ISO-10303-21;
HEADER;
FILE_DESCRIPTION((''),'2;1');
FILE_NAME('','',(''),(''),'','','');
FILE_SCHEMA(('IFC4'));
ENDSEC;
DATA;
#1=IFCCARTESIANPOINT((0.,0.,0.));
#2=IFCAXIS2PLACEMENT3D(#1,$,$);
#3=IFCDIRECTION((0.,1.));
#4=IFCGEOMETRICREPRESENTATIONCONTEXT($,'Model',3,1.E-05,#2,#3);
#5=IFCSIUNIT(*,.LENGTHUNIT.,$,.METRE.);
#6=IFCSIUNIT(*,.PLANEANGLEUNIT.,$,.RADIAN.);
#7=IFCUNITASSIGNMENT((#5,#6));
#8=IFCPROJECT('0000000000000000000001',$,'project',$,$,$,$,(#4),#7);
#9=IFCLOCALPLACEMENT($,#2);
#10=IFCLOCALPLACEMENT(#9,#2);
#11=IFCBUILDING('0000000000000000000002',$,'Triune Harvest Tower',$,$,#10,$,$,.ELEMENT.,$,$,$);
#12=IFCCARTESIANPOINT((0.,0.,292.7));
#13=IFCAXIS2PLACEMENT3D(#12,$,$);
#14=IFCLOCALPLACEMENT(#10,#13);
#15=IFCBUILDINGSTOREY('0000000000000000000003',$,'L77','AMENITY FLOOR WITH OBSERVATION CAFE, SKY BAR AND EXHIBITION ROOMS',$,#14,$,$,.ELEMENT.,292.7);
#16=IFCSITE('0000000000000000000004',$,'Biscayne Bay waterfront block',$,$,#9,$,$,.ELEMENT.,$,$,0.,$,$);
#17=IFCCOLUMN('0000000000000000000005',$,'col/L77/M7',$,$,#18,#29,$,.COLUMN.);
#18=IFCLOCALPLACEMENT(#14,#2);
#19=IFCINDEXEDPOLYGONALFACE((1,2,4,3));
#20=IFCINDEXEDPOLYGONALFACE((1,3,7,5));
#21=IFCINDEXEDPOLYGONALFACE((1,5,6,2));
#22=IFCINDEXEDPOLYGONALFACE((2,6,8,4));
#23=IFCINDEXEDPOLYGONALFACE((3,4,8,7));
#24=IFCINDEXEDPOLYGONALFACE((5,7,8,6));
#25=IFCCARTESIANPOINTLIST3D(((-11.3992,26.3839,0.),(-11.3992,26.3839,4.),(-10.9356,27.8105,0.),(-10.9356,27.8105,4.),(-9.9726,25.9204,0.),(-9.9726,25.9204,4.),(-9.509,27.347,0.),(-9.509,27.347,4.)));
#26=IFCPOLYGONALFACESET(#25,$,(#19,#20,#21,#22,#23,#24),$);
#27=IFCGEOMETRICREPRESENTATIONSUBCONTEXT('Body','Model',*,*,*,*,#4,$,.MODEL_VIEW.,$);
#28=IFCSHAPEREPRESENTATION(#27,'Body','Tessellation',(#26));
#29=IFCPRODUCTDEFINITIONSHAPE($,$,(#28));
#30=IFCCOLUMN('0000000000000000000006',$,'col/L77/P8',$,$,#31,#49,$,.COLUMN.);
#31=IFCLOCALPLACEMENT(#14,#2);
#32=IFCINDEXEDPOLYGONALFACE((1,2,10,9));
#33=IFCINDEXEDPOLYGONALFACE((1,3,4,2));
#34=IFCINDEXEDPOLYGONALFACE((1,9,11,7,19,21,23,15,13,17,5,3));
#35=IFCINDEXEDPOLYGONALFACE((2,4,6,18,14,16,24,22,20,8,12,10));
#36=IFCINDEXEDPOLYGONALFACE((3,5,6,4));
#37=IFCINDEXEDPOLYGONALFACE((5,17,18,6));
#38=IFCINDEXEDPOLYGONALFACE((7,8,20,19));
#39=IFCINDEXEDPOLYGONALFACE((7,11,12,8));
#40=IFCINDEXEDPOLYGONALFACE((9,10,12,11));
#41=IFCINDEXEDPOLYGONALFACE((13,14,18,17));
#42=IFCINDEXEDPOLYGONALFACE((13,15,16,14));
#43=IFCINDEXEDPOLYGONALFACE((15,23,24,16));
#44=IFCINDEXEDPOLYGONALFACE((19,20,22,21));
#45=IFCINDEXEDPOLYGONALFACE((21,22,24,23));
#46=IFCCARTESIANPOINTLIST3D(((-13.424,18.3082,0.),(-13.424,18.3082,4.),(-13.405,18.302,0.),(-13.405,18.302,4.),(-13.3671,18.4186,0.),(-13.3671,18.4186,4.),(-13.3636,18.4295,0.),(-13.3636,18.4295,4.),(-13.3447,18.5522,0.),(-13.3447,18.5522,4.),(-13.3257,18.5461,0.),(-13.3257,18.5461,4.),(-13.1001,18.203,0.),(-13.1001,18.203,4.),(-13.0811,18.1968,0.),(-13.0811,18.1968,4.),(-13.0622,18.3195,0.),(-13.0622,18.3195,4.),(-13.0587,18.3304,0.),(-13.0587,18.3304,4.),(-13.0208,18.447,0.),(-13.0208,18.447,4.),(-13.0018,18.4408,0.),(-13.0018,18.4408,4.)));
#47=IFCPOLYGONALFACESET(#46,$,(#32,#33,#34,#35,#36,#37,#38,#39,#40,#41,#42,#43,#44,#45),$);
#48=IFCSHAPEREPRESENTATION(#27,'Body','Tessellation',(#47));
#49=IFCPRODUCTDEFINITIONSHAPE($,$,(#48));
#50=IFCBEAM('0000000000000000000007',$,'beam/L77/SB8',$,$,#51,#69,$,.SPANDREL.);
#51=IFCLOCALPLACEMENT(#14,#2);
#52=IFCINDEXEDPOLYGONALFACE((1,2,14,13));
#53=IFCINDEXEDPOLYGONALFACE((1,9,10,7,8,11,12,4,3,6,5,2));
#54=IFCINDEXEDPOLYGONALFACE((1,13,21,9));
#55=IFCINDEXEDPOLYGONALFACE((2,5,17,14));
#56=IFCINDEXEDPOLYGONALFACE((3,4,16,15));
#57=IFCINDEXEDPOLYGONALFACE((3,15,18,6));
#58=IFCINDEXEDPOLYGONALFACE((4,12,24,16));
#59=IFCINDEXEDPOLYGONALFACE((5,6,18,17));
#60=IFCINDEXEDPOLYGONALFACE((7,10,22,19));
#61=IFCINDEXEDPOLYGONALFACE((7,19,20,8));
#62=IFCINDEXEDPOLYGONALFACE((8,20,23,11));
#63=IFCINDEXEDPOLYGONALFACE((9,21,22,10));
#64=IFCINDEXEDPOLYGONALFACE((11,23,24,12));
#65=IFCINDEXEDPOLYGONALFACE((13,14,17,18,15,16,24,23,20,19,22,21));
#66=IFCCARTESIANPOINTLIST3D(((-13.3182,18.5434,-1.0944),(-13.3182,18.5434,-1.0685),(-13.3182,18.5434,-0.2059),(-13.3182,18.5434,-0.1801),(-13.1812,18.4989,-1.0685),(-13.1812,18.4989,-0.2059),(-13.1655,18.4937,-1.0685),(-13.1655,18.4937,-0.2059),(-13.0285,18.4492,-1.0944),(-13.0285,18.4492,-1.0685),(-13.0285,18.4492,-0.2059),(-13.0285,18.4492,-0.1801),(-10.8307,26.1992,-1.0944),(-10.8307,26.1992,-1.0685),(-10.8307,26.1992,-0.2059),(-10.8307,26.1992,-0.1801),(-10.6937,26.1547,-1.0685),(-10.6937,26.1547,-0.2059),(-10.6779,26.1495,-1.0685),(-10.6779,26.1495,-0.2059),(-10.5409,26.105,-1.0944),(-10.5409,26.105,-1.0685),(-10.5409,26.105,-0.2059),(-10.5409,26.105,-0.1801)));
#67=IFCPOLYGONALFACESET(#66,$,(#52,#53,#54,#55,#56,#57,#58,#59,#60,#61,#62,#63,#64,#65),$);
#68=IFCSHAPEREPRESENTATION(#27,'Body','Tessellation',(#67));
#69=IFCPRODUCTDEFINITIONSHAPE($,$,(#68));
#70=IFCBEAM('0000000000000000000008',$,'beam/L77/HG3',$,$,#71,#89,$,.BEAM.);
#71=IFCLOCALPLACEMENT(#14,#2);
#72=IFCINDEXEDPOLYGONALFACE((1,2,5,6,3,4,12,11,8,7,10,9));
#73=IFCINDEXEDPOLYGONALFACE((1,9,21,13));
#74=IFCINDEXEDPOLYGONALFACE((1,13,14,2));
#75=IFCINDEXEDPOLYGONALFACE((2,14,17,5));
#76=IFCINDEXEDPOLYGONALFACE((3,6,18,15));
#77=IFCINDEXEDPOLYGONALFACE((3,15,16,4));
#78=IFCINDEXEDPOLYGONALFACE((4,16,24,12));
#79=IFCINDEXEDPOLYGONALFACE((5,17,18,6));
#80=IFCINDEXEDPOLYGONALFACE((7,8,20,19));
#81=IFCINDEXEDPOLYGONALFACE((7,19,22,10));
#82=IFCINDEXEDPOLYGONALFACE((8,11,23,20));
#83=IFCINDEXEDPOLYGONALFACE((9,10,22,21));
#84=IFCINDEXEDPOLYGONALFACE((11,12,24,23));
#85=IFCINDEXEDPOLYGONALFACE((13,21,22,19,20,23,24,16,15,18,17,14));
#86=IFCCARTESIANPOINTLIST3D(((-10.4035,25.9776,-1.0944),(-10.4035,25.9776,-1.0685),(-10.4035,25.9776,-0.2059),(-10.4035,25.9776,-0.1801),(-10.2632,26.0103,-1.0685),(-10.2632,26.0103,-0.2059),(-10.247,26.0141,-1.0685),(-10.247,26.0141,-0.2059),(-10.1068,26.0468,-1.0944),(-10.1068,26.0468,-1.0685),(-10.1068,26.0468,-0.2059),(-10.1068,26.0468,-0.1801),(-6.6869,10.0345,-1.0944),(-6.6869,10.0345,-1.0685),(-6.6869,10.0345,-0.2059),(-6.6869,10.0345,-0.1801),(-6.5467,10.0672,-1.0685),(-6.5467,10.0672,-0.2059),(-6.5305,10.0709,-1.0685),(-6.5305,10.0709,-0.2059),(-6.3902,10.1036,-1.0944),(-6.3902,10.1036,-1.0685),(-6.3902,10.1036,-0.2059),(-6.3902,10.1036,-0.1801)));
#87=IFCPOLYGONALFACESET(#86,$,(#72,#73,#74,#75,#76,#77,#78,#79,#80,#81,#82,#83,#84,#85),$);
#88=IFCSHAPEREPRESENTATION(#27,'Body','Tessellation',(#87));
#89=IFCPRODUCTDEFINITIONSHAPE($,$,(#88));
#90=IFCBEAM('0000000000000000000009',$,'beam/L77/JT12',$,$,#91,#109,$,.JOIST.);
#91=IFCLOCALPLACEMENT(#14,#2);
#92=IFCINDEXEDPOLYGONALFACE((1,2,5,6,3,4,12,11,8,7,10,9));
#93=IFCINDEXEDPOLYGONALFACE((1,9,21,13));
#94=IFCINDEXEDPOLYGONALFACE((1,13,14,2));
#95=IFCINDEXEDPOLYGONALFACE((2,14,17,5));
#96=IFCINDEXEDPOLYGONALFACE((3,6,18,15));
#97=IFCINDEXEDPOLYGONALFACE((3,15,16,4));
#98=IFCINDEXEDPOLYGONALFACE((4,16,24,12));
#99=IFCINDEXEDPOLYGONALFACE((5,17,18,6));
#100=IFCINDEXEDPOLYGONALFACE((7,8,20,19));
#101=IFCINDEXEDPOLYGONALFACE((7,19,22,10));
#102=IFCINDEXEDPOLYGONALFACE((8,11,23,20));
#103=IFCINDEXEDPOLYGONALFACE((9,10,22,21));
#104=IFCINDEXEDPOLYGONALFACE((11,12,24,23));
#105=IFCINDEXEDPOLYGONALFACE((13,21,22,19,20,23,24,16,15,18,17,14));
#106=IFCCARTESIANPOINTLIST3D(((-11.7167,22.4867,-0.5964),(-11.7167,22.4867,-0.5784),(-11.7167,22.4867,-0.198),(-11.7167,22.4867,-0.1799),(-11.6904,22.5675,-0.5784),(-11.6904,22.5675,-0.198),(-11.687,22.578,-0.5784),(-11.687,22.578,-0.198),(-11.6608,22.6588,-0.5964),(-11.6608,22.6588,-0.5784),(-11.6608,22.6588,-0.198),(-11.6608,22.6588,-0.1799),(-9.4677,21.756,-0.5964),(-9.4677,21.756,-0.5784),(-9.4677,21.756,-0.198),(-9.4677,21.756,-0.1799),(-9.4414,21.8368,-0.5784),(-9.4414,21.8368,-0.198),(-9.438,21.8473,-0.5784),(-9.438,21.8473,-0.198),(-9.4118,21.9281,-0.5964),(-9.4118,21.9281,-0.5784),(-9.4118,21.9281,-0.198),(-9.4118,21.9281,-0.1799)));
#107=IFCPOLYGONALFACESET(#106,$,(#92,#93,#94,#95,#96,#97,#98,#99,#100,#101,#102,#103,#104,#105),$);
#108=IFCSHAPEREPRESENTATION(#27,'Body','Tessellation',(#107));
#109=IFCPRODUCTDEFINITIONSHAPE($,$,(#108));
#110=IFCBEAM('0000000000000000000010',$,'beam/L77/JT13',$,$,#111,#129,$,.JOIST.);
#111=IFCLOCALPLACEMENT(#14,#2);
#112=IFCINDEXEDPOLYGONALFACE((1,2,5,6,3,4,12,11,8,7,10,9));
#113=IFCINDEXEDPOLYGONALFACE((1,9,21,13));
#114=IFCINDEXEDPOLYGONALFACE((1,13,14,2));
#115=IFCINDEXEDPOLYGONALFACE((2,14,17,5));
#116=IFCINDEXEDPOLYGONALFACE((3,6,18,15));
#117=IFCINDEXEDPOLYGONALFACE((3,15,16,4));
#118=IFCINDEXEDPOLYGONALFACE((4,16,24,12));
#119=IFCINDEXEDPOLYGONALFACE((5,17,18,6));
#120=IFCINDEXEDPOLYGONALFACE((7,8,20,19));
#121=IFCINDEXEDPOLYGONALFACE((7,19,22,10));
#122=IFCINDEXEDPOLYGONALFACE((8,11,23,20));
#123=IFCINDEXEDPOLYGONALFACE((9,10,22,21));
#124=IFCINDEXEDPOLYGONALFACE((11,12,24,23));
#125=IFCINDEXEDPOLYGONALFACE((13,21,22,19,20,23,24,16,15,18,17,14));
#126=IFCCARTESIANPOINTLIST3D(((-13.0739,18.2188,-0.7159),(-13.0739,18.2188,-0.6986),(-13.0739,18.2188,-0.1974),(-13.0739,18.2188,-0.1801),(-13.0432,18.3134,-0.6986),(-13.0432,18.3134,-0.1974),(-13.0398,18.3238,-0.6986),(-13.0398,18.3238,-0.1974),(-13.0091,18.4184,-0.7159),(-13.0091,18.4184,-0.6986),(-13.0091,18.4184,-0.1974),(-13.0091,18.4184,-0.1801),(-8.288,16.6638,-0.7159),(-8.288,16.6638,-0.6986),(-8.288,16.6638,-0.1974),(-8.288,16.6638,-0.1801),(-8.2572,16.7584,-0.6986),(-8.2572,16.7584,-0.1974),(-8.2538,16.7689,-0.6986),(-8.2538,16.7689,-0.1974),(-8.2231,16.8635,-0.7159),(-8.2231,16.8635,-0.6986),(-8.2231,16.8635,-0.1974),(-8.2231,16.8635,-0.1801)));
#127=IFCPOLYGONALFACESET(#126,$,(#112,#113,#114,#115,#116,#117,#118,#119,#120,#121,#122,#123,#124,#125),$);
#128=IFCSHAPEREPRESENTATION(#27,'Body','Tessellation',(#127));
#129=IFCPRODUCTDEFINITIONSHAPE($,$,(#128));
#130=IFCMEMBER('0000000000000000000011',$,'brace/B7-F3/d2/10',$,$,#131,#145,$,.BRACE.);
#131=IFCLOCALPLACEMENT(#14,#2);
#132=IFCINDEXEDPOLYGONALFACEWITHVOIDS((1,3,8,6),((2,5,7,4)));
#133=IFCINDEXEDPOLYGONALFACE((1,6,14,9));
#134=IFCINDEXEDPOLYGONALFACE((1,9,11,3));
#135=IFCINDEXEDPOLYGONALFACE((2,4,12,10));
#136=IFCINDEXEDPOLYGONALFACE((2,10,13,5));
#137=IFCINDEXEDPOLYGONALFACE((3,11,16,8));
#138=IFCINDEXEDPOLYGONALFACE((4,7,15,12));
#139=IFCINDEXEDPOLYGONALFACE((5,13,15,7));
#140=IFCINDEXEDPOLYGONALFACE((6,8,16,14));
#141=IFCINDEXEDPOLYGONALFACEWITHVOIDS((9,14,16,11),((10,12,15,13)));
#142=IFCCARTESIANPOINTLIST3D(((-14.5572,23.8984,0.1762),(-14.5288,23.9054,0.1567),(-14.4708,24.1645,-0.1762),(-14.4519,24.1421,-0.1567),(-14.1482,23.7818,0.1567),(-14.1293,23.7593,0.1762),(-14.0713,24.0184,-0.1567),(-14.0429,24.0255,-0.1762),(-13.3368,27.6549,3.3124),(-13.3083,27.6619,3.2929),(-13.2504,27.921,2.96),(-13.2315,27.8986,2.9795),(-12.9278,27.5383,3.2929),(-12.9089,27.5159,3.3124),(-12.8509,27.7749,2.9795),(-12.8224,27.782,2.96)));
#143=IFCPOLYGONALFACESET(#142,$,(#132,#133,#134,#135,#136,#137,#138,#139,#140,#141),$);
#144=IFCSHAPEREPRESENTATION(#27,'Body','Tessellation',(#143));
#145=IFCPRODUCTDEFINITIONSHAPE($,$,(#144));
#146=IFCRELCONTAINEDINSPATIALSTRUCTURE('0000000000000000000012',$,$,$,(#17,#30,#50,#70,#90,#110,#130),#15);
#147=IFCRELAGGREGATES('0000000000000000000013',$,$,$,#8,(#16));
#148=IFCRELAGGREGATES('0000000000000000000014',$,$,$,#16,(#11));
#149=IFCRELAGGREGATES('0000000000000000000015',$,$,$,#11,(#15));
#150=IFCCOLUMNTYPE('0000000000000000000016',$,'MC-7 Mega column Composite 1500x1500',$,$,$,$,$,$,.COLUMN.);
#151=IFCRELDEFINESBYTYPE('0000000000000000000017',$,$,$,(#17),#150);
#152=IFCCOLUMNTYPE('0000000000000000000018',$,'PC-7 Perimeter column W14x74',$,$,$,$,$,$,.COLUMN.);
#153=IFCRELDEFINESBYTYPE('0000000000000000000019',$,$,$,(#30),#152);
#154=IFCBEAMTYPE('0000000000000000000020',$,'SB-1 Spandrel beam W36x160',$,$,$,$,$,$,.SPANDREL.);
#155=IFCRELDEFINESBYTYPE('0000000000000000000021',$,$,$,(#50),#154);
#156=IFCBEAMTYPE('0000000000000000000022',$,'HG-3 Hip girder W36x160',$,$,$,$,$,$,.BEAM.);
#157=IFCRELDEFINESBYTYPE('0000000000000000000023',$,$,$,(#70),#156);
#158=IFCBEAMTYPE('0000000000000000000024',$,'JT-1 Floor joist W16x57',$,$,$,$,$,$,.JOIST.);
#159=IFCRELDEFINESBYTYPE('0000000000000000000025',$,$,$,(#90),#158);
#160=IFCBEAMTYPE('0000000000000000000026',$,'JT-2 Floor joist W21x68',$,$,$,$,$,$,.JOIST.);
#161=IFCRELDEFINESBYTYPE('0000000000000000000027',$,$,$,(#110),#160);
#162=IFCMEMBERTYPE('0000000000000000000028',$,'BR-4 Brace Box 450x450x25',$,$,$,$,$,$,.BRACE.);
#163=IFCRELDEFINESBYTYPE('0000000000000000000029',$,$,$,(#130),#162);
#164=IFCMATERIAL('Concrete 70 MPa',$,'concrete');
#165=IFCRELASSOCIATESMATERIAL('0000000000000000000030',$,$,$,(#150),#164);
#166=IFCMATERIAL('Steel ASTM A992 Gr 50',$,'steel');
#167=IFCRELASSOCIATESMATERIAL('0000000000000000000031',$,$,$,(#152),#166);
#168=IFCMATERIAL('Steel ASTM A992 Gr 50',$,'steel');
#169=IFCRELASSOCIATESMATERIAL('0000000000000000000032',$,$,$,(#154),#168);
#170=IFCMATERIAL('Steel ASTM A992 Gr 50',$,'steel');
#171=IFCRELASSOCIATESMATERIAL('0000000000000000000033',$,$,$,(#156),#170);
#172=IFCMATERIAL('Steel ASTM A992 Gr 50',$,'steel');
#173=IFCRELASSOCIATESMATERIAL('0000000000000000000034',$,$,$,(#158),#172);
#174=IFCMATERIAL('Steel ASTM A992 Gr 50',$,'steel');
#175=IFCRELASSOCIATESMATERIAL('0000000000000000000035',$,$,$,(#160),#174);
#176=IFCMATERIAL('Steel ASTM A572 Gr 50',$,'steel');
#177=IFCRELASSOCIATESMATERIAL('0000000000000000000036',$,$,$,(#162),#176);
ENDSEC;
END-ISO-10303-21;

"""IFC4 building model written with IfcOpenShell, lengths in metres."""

from ifc_helpers import new_model, si_unit, direction, frame, origin, origin_2d, place, context, subcontext, project, spatial, rectangle, hollow_rectangle, i_section, extrude, source, transform, mapped, material, material_profile, profile_set, type_object, element, save


model = new_model("IFC4")

# Units and contexts
model_context = context("Model", 3, precision=1e-05, world=origin(), true_north=direction((0.0, 1.0)))
body_context = subcontext(model_context, "Body", "Model", "MODEL_VIEW")
ifc_project = project(units=[si_unit("LENGTHUNIT", "METRE"), si_unit("PLANEANGLEUNIT", "RADIAN")], contexts=[model_context])

# Site, building, storey
site_placement = place(None, origin())
site = spatial("IfcSite", under=ifc_project, at=site_placement, Name="Biscayne Bay waterfront block", CompositionType="ELEMENT", RefElevation=0.0)
building_placement = place(site_placement, origin())
building = spatial("IfcBuilding", under=site, at=building_placement, Name="Triune Harvest Tower", CompositionType="ELEMENT")
storey_placement = place(building_placement, frame((0.0, 0.0, 292.7)))
storey = spatial("IfcBuildingStorey", under=building, at=storey_placement, Name="L77", Description="AMENITY FLOOR WITH OBSERVATION CAFE, SKY BAR AND EXHIBITION ROOMS", CompositionType="ELEMENT", Elevation=292.7)

# Columns
ifc_material_1 = material(Name="Concrete 70 MPa", Category="concrete")
ifc_material_profile_1 = material_profile(ifc_material_1, rectangle(XDim=1.5, YDim=1.5, at=origin_2d()), Name="Composite 1500x1500")
ifc_profile_set_1 = profile_set([ifc_material_profile_1], Name="Concrete 70 MPa")
column_type_1 = type_object("IfcColumnType", Name="MC-7 Mega column Composite 1500x1500", PredefinedType="COLUMN", material=ifc_profile_set_1)
shared_shape_1 = source(origin(), body_context, "Body", "SweptSolid", [
    extrude(rectangle(XDim=1.5, YDim=1.5, at=origin_2d()), origin(), (0.0, 0.0, 1.0), 4.0),
])
column_1_placement = place(storey_placement, frame((-10.4541, 26.8655, 0.0), z_axis=(0.0, 0.0, 1.0), x_axis=(-0.309015, -0.951057, 0.0)))
element("IfcColumn", 1, at=column_1_placement, inside=storey, type_object=column_type_1, Name="col/L77/M7", PredefinedType="COLUMN", context=body_context, shape_type="MappedRepresentation", body=[
    mapped(shared_shape_1, transform((0.0, 0.0, 0.0), scale=1.0)),
])
ifc_material_2 = material(Name="Steel ASTM A992 Gr 50", Category="steel")
ifc_material_profile_2 = material_profile(ifc_material_2, i_section(OverallWidth=0.2566, OverallDepth=0.3606, WebThickness=0.0115, FlangeThickness=0.02, at=origin_2d()), Name="W14x74")
ifc_profile_set_2 = profile_set([ifc_material_profile_2], Name="Steel ASTM A992 Gr 50")
column_type_2 = type_object("IfcColumnType", Name="PC-7 Perimeter column W14x74", PredefinedType="COLUMN", material=ifc_profile_set_2)
shared_shape_2 = source(origin(), body_context, "Body", "SweptSolid", [
    extrude(i_section(OverallWidth=0.2566, OverallDepth=0.3606, WebThickness=0.0115, FlangeThickness=0.02, at=origin_2d()), origin(), (0.0, 0.0, 1.0), 4.0),
])
column_2_placement = place(storey_placement, frame((-13.2129, 18.3745, 0.0), z_axis=(0.0, 0.0, 1.0), x_axis=(-0.309015, -0.951057, 0.0)))
element("IfcColumn", 2, at=column_2_placement, inside=storey, type_object=column_type_2, Name="col/L77/P8", PredefinedType="COLUMN", context=body_context, shape_type="MappedRepresentation", body=[
    mapped(shared_shape_2, transform((0.0, 0.0, 0.0), scale=1.0)),
])

# Beams
ifc_material_3 = material(Name="Steel ASTM A992 Gr 50", Category="steel")
ifc_material_profile_3 = material_profile(ifc_material_3, i_section(OverallWidth=0.3047, OverallDepth=0.9143, WebThickness=0.0166, FlangeThickness=0.0259, at=origin_2d()), Name="W36x160")
ifc_profile_set_3 = profile_set([ifc_material_profile_3], Name="Steel ASTM A992 Gr 50")
beam_type_1 = type_object("IfcBeamType", Name="SB-1 Spandrel beam W36x160", PredefinedType="SPANDREL", material=ifc_profile_set_3)
shared_shape_3 = source(origin(), body_context, "Body", "SweptSolid", [
    extrude(i_section(OverallWidth=0.3047, OverallDepth=0.9143, WebThickness=0.0166, FlangeThickness=0.0259, at=origin_2d()), origin(), (0.0, 0.0, 1.0), 8.0498),
])
beam_1_placement = place(storey_placement, frame((-10.6858, 26.1521, -0.6372), z_axis=(-0.309022, -0.951055, 0.0), x_axis=(0.951055, -0.309022, 0.0)))
element("IfcBeam", 3, at=beam_1_placement, inside=storey, type_object=beam_type_1, Name="beam/L77/SB8", PredefinedType="SPANDREL", context=body_context, shape_type="MappedRepresentation", body=[
    mapped(shared_shape_3, transform((0.0, 0.0, 0.0), scale=1.0)),
])
ifc_material_4 = material(Name="Steel ASTM A992 Gr 50", Category="steel")
ifc_material_profile_4 = material_profile(ifc_material_4, i_section(OverallWidth=0.3047, OverallDepth=0.9143, WebThickness=0.0166, FlangeThickness=0.0259, at=origin_2d()), Name="W36x160")
ifc_profile_set_4 = profile_set([ifc_material_profile_4], Name="Steel ASTM A992 Gr 50")
beam_type_2 = type_object("IfcBeamType", Name="HG-3 Hip girder W36x160", PredefinedType="BEAM", material=ifc_profile_set_4)
shared_shape_4 = source(origin(), body_context, "Body", "SweptSolid", [
    extrude(i_section(OverallWidth=0.3047, OverallDepth=0.9143, WebThickness=0.0166, FlangeThickness=0.0259, at=origin_2d()), origin(), (0.0, 0.0, 1.0), 16.3706),
])
beam_2_placement = place(storey_placement, frame((-10.2551, 26.0122, -0.6372), z_axis=(0.227026, -0.973889, 0.0), x_axis=(0.973889, 0.227026, 0.0)))
element("IfcBeam", 4, at=beam_2_placement, inside=storey, type_object=beam_type_2, Name="beam/L77/HG3", PredefinedType="BEAM", context=body_context, shape_type="MappedRepresentation", body=[
    mapped(shared_shape_4, transform((0.0, 0.0, 0.0), scale=1.0)),
])
ifc_material_5 = material(Name="Steel ASTM A992 Gr 50", Category="steel")
ifc_material_profile_5 = material_profile(ifc_material_5, i_section(OverallWidth=0.1809, OverallDepth=0.4165, WebThickness=0.011, FlangeThickness=0.0181, at=origin_2d()), Name="W16x57")
ifc_profile_set_5 = profile_set([ifc_material_profile_5], Name="Steel ASTM A992 Gr 50")
beam_type_3 = type_object("IfcBeamType", Name="JT-1 Floor joist W16x57", PredefinedType="JOIST", material=ifc_profile_set_5)
shared_shape_5 = source(origin(), body_context, "Body", "SweptSolid", [
    extrude(i_section(OverallWidth=0.1809, OverallDepth=0.4165, WebThickness=0.011, FlangeThickness=0.0181, at=origin_2d()), origin(), (0.0, 0.0, 1.0), 2.3647),
])
beam_3_placement = place(storey_placement, frame((-11.6887, 22.5728, -0.3882), z_axis=(0.951061, -0.309002, 0.0), x_axis=(0.309002, 0.951061, 0.0)))
element("IfcBeam", 5, at=beam_3_placement, inside=storey, type_object=beam_type_3, Name="beam/L77/JT12", PredefinedType="JOIST", context=body_context, shape_type="MappedRepresentation", body=[
    mapped(shared_shape_5, transform((0.0, 0.0, 0.0), scale=1.0)),
])
ifc_material_6 = material(Name="Steel ASTM A992 Gr 50", Category="steel")
ifc_material_profile_6 = material_profile(ifc_material_6, i_section(OverallWidth=0.21, OverallDepth=0.5359, WebThickness=0.011, FlangeThickness=0.0173, at=origin_2d()), Name="W21x68")
ifc_profile_set_6 = profile_set([ifc_material_profile_6], Name="Steel ASTM A992 Gr 50")
beam_type_4 = type_object("IfcBeamType", Name="JT-2 Floor joist W21x68", PredefinedType="JOIST", material=ifc_profile_set_6)
shared_shape_6 = source(origin(), body_context, "Body", "SweptSolid", [
    extrude(i_section(OverallWidth=0.21, OverallDepth=0.5359, WebThickness=0.011, FlangeThickness=0.0173, at=origin_2d()), origin(), (0.0, 0.0, 1.0), 5.0322),
])
beam_4_placement = place(storey_placement, frame((-13.0415, 18.3186, -0.448), z_axis=(0.951062, -0.308999, 0.0), x_axis=(0.308999, 0.951062, 0.0)))
element("IfcBeam", 6, at=beam_4_placement, inside=storey, type_object=beam_type_4, Name="beam/L77/JT13", PredefinedType="JOIST", context=body_context, shape_type="MappedRepresentation", body=[
    mapped(shared_shape_6, transform((0.0, 0.0, 0.0), scale=1.0)),
])

# Member
ifc_material_7 = material(Name="Steel ASTM A572 Gr 50", Category="steel")
ifc_material_profile_7 = material_profile(ifc_material_7, hollow_rectangle(XDim=0.45, YDim=0.45, WallThickness=0.0249, at=origin_2d()), Name="Box 450x450x25")
ifc_profile_set_7 = profile_set([ifc_material_profile_7], Name="Steel ASTM A572 Gr 50")
member_type_1 = type_object("IfcMemberType", Name="BR-4 Brace Box 450x450x25", PredefinedType="BRACE", material=ifc_profile_set_7)
shared_shape_7 = source(origin(), body_context, "Body", "SweptSolid", [
    extrude(hollow_rectangle(XDim=0.45, YDim=0.45, WallThickness=0.0249, at=origin_2d()), origin(), (0.0, 0.0, 1.0), 5.0435),
])
member_1_placement = place(storey_placement, frame((-14.3, 23.9619, 0.0), z_axis=(0.241984, 0.74483, 0.621829), x_axis=(-0.951066, 0.308987, 0.0)))
element("IfcMember", 7, at=member_1_placement, inside=storey, type_object=member_type_1, Name="brace/B7-F3/d2/10", PredefinedType="BRACE", context=body_context, shape_type="MappedRepresentation", body=[
    mapped(shared_shape_7, transform((0.0, 0.0, 0.0), scale=1.0)),
])

save(model, "model.ifc")
